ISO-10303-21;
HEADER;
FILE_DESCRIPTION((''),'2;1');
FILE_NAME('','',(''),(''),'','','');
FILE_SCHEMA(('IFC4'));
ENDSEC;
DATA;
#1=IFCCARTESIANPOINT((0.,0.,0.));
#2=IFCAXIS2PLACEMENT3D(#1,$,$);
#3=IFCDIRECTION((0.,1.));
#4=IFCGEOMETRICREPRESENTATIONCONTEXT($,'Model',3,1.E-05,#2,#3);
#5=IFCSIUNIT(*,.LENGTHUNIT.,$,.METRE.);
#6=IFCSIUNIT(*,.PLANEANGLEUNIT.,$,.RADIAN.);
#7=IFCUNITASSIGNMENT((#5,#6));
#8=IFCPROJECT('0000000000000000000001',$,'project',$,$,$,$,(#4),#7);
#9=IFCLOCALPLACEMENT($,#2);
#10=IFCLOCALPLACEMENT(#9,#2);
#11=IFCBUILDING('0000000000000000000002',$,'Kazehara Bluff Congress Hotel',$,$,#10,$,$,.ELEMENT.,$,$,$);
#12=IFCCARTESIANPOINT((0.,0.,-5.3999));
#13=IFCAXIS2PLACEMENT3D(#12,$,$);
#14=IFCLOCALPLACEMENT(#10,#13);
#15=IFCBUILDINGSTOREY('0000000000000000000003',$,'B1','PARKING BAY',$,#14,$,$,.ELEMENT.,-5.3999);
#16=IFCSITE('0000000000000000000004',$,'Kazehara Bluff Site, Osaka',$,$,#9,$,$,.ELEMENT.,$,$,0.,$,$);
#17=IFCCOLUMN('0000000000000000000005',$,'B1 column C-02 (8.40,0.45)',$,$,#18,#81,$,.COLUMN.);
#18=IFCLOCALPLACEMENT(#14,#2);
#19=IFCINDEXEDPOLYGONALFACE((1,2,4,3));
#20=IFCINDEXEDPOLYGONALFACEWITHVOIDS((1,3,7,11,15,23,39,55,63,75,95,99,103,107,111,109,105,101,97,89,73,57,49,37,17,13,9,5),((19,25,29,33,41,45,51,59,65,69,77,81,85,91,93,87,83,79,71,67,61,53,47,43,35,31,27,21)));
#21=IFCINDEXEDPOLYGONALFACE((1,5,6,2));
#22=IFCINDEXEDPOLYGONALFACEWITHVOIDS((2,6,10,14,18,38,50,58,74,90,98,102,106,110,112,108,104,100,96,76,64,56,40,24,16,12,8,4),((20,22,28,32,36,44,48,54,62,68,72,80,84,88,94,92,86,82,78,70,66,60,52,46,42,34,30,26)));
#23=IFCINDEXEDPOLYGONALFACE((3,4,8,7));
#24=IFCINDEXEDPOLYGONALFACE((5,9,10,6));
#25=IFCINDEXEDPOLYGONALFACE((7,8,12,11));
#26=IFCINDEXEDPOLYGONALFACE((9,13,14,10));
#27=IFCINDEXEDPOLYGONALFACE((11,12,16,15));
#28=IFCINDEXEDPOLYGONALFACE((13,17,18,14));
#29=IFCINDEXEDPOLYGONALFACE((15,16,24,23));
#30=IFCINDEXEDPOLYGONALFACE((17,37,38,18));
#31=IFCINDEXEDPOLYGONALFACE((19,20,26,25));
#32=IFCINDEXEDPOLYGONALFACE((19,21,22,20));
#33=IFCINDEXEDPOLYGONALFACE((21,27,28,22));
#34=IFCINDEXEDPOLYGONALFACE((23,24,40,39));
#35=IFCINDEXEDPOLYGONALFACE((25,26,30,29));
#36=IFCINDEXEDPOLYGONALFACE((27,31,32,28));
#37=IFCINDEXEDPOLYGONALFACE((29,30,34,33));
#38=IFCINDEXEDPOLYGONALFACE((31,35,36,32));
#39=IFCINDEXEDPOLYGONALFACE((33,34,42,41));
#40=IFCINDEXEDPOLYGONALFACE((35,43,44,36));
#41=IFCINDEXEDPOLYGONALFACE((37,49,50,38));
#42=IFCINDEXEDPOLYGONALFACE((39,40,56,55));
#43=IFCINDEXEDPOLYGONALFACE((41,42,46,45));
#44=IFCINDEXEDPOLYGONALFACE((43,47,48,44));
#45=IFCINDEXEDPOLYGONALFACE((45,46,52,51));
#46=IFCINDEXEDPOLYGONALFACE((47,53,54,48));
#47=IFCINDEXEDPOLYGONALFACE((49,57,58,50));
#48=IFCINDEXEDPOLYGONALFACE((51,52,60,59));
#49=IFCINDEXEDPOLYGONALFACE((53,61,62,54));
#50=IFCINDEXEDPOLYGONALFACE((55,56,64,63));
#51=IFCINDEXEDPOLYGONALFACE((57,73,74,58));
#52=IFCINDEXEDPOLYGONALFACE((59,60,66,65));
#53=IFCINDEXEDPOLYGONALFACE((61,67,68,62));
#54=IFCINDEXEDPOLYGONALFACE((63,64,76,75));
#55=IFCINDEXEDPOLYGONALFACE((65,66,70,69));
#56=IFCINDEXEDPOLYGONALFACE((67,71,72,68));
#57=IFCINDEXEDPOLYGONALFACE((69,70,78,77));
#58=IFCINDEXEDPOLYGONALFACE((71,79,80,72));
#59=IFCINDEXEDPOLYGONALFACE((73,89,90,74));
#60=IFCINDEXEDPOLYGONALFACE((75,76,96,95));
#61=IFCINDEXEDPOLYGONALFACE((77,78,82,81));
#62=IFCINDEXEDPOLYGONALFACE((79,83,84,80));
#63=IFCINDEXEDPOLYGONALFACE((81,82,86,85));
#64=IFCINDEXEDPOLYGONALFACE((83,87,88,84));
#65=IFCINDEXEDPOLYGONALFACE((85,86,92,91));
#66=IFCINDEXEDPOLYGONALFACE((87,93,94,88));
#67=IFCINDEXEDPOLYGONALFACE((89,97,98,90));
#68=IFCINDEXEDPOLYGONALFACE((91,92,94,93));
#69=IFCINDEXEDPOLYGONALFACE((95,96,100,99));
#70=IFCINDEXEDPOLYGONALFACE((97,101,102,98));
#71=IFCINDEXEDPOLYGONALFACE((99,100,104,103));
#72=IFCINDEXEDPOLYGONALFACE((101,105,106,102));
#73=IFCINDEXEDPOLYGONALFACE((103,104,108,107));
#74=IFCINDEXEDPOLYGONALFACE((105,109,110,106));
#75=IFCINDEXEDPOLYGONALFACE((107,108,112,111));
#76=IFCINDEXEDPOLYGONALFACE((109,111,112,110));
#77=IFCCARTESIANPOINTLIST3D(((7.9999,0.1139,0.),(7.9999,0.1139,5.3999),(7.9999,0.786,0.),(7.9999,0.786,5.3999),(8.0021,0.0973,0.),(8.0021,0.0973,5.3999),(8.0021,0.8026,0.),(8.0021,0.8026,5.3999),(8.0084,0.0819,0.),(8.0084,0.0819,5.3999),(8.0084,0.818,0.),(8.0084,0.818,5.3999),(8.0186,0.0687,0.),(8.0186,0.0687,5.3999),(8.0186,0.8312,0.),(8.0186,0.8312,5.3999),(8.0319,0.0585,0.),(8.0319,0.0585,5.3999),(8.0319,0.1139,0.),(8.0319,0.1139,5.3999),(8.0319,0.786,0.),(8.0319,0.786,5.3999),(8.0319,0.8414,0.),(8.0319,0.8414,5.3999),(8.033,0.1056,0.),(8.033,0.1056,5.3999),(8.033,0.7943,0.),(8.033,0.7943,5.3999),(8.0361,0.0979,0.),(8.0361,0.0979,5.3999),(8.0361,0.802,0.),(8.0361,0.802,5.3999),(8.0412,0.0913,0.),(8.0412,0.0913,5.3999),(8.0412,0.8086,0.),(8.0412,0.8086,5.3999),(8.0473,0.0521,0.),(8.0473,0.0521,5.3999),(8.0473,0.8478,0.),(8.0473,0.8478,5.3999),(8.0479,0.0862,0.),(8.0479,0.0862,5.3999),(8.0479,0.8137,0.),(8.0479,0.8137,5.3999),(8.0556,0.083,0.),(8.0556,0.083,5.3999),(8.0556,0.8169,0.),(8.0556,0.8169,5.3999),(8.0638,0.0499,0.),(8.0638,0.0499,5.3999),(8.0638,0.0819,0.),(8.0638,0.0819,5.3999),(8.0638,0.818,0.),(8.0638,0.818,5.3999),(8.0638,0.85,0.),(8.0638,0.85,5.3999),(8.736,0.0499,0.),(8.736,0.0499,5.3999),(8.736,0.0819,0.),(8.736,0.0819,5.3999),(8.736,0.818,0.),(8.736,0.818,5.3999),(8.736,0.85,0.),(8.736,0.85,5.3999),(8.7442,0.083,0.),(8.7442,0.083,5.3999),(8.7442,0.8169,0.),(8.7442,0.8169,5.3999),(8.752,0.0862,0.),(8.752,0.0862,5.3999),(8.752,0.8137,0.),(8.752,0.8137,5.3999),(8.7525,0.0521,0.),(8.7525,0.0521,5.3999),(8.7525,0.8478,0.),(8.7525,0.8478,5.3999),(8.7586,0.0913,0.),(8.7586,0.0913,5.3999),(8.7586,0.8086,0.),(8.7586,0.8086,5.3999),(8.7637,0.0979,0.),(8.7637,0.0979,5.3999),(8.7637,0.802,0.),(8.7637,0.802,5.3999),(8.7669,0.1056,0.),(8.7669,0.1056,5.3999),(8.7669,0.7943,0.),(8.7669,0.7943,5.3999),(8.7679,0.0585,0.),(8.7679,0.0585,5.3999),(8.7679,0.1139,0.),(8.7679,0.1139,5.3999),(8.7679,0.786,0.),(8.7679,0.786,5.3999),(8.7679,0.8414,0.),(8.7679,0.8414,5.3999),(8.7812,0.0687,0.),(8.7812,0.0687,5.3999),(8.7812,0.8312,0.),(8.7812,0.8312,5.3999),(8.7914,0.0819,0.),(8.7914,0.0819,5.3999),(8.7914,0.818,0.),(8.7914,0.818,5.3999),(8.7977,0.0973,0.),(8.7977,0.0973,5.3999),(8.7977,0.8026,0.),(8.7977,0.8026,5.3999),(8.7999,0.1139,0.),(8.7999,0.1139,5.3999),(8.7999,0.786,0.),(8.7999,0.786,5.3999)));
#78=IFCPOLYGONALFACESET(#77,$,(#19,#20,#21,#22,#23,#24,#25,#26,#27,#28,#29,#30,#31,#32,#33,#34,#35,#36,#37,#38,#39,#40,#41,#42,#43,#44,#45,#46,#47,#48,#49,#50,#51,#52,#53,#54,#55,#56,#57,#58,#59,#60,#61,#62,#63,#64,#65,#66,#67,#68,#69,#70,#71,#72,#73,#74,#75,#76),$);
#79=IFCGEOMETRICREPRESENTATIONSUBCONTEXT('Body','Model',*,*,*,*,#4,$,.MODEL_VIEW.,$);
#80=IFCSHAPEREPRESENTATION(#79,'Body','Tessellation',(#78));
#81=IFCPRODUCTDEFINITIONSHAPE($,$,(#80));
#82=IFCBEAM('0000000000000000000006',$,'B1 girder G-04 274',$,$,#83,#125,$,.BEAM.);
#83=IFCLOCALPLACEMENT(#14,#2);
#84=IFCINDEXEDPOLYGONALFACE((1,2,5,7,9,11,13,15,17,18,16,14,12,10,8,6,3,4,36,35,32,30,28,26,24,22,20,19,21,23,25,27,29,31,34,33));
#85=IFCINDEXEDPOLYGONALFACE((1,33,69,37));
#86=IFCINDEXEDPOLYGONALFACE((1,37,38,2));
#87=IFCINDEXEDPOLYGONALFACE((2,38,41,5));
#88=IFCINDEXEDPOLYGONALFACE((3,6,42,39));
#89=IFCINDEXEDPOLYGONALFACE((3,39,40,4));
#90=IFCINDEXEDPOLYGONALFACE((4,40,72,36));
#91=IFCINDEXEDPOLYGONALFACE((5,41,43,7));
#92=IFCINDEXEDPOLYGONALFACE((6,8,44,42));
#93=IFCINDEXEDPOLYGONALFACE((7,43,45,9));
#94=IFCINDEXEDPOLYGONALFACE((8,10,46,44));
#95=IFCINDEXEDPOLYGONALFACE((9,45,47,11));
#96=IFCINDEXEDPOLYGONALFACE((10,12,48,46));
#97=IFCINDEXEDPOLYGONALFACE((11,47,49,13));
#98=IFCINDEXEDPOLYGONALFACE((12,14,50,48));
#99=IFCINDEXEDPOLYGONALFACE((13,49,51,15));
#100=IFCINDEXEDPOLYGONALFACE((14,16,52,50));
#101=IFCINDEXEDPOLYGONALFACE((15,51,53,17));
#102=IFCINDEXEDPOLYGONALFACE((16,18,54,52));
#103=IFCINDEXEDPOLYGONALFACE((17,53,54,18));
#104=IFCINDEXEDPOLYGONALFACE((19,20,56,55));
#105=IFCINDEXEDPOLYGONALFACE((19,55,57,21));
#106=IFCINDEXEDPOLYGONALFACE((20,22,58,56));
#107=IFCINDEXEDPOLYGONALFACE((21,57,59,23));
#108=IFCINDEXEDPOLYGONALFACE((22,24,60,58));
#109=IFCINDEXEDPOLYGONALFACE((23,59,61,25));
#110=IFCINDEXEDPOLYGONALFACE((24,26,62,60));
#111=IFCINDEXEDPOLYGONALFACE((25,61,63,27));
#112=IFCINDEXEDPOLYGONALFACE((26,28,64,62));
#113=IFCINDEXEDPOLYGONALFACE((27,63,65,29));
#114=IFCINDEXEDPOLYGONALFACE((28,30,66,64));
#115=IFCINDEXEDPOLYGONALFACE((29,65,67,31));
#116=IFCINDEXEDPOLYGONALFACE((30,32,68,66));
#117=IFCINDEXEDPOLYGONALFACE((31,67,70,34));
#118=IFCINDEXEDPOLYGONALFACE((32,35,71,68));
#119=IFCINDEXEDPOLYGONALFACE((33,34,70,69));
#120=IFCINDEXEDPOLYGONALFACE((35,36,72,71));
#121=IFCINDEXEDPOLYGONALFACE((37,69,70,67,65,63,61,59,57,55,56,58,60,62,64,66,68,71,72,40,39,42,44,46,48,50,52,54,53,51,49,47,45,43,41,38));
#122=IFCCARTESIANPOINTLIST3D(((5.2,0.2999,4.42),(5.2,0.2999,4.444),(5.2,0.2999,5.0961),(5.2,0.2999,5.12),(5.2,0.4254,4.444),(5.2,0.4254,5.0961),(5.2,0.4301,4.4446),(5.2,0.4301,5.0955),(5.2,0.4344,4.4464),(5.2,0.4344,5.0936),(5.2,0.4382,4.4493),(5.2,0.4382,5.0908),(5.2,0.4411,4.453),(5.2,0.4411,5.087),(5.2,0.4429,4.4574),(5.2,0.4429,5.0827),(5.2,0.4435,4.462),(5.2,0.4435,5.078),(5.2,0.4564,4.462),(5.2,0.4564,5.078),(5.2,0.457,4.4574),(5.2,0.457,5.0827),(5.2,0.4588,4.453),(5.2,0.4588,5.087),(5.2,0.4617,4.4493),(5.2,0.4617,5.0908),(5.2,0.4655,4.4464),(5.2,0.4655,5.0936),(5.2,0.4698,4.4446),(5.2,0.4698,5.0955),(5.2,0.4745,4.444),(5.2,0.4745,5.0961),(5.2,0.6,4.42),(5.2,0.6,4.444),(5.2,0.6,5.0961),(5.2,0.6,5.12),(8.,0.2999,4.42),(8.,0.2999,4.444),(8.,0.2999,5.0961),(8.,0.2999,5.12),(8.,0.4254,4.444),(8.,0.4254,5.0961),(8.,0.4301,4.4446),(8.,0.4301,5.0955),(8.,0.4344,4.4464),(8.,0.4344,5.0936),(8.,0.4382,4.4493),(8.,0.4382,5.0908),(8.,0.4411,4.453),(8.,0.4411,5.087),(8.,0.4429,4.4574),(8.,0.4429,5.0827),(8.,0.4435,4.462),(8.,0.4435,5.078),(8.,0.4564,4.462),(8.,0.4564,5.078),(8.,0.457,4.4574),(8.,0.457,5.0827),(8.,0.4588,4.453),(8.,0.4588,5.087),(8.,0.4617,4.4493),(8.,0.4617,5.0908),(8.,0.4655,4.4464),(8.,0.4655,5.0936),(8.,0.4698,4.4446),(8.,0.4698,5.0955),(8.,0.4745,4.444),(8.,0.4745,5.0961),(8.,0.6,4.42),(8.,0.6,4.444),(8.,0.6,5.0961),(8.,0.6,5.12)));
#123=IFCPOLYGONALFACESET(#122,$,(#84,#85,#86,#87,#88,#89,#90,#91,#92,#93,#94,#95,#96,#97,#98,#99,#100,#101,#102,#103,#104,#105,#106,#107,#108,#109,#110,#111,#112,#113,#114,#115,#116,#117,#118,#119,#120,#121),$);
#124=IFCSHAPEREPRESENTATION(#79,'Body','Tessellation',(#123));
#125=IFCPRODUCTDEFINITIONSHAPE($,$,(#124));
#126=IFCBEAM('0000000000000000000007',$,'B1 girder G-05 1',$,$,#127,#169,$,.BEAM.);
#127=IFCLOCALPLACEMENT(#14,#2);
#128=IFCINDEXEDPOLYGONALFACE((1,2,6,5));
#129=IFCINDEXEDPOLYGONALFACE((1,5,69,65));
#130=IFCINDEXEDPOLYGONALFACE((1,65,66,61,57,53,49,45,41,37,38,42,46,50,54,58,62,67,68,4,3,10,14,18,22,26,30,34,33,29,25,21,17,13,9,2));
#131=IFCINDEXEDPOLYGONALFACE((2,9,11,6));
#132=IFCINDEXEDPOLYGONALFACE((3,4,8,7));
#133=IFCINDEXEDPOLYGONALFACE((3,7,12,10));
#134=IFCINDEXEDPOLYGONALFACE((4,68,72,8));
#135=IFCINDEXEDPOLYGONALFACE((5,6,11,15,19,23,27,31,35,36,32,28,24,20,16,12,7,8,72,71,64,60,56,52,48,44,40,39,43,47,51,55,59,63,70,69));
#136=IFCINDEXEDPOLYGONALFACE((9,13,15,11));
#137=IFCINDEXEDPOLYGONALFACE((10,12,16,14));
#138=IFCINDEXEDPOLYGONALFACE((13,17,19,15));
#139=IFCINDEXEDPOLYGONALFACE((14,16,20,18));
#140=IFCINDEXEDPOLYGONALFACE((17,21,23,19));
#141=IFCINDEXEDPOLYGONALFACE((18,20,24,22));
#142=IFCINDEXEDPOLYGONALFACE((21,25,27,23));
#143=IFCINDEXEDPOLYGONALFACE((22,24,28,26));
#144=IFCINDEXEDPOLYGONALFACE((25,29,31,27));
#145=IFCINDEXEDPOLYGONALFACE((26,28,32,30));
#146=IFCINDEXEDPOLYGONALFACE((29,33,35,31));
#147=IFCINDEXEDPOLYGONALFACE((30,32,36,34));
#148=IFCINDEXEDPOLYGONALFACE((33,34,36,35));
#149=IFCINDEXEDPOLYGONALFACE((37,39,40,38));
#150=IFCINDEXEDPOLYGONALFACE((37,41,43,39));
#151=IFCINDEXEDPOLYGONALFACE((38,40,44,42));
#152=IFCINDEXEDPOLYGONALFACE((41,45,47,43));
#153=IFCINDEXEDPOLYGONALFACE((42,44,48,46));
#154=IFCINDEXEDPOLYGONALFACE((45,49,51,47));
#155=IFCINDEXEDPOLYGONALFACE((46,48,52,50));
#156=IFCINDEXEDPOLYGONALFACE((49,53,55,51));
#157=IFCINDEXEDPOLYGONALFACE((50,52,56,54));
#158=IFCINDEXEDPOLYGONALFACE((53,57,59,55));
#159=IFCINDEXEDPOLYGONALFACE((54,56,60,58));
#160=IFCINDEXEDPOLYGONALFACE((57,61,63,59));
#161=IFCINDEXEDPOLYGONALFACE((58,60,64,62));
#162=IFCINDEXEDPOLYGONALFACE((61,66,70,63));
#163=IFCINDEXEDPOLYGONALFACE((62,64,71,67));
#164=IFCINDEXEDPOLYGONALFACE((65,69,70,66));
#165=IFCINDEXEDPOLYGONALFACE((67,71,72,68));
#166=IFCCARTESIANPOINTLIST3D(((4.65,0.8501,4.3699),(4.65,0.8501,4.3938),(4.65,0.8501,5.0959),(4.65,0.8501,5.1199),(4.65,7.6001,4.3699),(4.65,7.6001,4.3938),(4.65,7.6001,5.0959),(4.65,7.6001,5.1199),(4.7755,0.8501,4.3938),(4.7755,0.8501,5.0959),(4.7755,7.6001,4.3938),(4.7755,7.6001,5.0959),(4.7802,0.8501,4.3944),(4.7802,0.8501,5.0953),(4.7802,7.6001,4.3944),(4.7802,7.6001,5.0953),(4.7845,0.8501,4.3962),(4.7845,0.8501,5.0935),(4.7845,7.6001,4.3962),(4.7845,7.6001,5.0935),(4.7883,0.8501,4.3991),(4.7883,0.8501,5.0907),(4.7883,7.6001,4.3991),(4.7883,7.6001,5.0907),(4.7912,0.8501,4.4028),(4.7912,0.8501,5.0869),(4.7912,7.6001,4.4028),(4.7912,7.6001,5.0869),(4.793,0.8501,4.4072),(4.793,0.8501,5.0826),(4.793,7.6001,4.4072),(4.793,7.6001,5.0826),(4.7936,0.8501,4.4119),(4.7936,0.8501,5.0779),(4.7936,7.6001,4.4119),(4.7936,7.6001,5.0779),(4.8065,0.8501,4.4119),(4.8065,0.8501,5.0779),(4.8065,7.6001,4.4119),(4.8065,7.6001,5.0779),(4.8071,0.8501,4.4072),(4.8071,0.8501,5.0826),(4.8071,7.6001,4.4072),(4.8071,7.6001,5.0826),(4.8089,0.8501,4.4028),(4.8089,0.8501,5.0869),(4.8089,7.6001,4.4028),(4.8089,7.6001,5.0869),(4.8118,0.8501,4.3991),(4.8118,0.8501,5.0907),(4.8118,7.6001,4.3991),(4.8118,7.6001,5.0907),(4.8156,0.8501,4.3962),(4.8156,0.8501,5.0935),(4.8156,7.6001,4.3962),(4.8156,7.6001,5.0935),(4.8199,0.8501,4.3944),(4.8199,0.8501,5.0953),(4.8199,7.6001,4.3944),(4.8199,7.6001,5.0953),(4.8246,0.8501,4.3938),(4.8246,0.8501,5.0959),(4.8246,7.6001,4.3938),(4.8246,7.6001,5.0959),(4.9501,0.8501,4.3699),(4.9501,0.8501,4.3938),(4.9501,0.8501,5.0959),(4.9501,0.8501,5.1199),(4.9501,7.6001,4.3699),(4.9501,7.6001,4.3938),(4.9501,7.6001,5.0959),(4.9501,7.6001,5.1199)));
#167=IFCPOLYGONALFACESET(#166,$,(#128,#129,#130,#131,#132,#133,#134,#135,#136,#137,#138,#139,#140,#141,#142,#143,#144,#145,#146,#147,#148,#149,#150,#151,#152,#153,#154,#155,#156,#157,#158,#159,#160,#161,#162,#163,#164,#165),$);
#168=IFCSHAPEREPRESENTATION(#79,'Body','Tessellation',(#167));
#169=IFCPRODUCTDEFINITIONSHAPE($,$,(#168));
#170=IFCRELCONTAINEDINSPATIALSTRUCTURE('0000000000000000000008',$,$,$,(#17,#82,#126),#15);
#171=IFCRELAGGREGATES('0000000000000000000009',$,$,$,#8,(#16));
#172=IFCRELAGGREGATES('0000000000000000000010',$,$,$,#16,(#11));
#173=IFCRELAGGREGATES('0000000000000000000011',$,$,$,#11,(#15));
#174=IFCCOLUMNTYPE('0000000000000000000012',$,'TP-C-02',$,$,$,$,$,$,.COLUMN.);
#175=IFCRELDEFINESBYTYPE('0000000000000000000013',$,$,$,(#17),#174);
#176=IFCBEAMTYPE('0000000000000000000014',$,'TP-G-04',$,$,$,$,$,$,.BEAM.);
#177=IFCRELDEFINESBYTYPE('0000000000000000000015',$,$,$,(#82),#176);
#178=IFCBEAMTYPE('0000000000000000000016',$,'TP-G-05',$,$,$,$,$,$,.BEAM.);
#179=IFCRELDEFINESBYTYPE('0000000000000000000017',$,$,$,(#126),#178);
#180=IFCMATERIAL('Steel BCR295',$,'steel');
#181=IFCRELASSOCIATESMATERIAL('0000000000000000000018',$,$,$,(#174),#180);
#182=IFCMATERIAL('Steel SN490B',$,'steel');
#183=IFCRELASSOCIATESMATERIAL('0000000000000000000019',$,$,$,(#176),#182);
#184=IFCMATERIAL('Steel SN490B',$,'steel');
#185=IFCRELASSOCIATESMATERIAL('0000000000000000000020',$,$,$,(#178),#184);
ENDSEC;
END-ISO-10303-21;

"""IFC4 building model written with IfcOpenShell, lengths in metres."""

from ifc_helpers import new_model, si_unit, direction, frame, origin, origin_2d, place, context, subcontext, project, spatial, hollow_rectangle, i_section, extrude, material, material_profile, profile_set, type_object, element, save


model = new_model("IFC4")

# Units and contexts
model_context = context("Model", 3, precision=1e-05, world=origin(), true_north=direction((0.0, 1.0)))
body_context = subcontext(model_context, "Body", "Model", "MODEL_VIEW")
ifc_project = project(units=[si_unit("LENGTHUNIT", "METRE"), si_unit("PLANEANGLEUNIT", "RADIAN")], contexts=[model_context])

# Site, building, storey
site_placement = place(None, origin())
site = spatial("IfcSite", under=ifc_project, at=site_placement, Name="Kazehara Bluff Site, Osaka", CompositionType="ELEMENT", RefElevation=0.0)
building_placement = place(site_placement, origin())
building = spatial("IfcBuilding", under=site, at=building_placement, Name="Kazehara Bluff Congress Hotel", CompositionType="ELEMENT")
storey_placement = place(building_placement, frame((0.0, 0.0, -5.3999)))
storey = spatial("IfcBuildingStorey", under=building, at=storey_placement, Name="B1", Description="PARKING BAY", CompositionType="ELEMENT", Elevation=-5.3999)

# Column
ifc_material_1 = material(Name="Steel BCR295", Category="steel")
ifc_material_profile_1 = material_profile(ifc_material_1, hollow_rectangle(XDim=0.8, YDim=0.8, WallThickness=0.032, InnerFilletRadius=0.032, OuterFilletRadius=0.064, at=origin_2d()))
ifc_profile_set_1 = profile_set([ifc_material_profile_1], Name="Steel BCR295")
column_type = type_object("IfcColumnType", Name="TP-C-02", PredefinedType="COLUMN", material=ifc_profile_set_1)
column_placement = place(storey_placement, frame((8.3999, 0.45, 0.0), z_axis=(0.0, 0.0, 1.0), x_axis=(1.0, 0.0, 0.0)))
element("IfcColumn", 1, at=column_placement, inside=storey, type_object=column_type, Name="B1 column C-02 (8.40,0.45)", PredefinedType="COLUMN", context=body_context, shape_type="SweptSolid", body=[
    extrude(hollow_rectangle(XDim=0.8, YDim=0.8, WallThickness=0.032, InnerFilletRadius=0.032, OuterFilletRadius=0.064, at=origin_2d()), origin(), (0.0, 0.0, 1.0), 5.3999),
])

# Beams
ifc_material_2 = material(Name="Steel SN490B", Category="steel")
ifc_material_profile_2 = material_profile(ifc_material_2, i_section(OverallWidth=0.3, OverallDepth=0.7, WebThickness=0.0129, FlangeThickness=0.0239, FilletRadius=0.0181, at=origin_2d()))
ifc_profile_set_2 = profile_set([ifc_material_profile_2], Name="Steel SN490B")
beam_type_1 = type_object("IfcBeamType", Name="TP-G-04", PredefinedType="BEAM", material=ifc_profile_set_2)
beam_placement = place(storey_placement, frame((5.2, 0.45, 4.77), z_axis=(1.0, 0.0, 0.0), x_axis=(0.0, 1.0, 0.0)))
element("IfcBeam", 2, at=beam_placement, inside=storey, type_object=beam_type_1, Name="B1 girder G-04 274", PredefinedType="BEAM", context=body_context, shape_type="SweptSolid", body=[
    extrude(i_section(OverallWidth=0.3, OverallDepth=0.7, WebThickness=0.0129, FlangeThickness=0.0239, FilletRadius=0.0181, at=origin_2d()), origin(), (0.0, 0.0, 1.0), 2.8),
])
ifc_material_3 = material(Name="Steel SN490B", Category="steel")
ifc_material_profile_3 = material_profile(ifc_material_3, i_section(OverallWidth=0.3, OverallDepth=0.75, WebThickness=0.0129, FlangeThickness=0.0239, FilletRadius=0.0181, at=origin_2d()))
ifc_profile_set_3 = profile_set([ifc_material_profile_3], Name="Steel SN490B")
beam_type_2 = type_object("IfcBeamType", Name="TP-G-05", PredefinedType="BEAM", material=ifc_profile_set_3)
for number, where, z_axis, x_axis, name in (
    (3, (4.8, 0.8501, 4.7449), (0.0, 1.0, 0.0), (-1.0, 0.0, 0.0), "B1 girder G-05 1"),
):
    element("IfcBeam", number, at=place(storey_placement, frame(where, z_axis=z_axis, x_axis=x_axis)), inside=storey, type_object=beam_type_2, Name=name, PredefinedType="BEAM", context=body_context, shape_type="SweptSolid", body=[
        extrude(i_section(OverallWidth=0.3, OverallDepth=0.75, WebThickness=0.0129, FlangeThickness=0.0239, FilletRadius=0.0181, at=origin_2d()), origin(), (0.0, 0.0, 1.0), 6.75),
    ])

save(model, "model.ifc")
